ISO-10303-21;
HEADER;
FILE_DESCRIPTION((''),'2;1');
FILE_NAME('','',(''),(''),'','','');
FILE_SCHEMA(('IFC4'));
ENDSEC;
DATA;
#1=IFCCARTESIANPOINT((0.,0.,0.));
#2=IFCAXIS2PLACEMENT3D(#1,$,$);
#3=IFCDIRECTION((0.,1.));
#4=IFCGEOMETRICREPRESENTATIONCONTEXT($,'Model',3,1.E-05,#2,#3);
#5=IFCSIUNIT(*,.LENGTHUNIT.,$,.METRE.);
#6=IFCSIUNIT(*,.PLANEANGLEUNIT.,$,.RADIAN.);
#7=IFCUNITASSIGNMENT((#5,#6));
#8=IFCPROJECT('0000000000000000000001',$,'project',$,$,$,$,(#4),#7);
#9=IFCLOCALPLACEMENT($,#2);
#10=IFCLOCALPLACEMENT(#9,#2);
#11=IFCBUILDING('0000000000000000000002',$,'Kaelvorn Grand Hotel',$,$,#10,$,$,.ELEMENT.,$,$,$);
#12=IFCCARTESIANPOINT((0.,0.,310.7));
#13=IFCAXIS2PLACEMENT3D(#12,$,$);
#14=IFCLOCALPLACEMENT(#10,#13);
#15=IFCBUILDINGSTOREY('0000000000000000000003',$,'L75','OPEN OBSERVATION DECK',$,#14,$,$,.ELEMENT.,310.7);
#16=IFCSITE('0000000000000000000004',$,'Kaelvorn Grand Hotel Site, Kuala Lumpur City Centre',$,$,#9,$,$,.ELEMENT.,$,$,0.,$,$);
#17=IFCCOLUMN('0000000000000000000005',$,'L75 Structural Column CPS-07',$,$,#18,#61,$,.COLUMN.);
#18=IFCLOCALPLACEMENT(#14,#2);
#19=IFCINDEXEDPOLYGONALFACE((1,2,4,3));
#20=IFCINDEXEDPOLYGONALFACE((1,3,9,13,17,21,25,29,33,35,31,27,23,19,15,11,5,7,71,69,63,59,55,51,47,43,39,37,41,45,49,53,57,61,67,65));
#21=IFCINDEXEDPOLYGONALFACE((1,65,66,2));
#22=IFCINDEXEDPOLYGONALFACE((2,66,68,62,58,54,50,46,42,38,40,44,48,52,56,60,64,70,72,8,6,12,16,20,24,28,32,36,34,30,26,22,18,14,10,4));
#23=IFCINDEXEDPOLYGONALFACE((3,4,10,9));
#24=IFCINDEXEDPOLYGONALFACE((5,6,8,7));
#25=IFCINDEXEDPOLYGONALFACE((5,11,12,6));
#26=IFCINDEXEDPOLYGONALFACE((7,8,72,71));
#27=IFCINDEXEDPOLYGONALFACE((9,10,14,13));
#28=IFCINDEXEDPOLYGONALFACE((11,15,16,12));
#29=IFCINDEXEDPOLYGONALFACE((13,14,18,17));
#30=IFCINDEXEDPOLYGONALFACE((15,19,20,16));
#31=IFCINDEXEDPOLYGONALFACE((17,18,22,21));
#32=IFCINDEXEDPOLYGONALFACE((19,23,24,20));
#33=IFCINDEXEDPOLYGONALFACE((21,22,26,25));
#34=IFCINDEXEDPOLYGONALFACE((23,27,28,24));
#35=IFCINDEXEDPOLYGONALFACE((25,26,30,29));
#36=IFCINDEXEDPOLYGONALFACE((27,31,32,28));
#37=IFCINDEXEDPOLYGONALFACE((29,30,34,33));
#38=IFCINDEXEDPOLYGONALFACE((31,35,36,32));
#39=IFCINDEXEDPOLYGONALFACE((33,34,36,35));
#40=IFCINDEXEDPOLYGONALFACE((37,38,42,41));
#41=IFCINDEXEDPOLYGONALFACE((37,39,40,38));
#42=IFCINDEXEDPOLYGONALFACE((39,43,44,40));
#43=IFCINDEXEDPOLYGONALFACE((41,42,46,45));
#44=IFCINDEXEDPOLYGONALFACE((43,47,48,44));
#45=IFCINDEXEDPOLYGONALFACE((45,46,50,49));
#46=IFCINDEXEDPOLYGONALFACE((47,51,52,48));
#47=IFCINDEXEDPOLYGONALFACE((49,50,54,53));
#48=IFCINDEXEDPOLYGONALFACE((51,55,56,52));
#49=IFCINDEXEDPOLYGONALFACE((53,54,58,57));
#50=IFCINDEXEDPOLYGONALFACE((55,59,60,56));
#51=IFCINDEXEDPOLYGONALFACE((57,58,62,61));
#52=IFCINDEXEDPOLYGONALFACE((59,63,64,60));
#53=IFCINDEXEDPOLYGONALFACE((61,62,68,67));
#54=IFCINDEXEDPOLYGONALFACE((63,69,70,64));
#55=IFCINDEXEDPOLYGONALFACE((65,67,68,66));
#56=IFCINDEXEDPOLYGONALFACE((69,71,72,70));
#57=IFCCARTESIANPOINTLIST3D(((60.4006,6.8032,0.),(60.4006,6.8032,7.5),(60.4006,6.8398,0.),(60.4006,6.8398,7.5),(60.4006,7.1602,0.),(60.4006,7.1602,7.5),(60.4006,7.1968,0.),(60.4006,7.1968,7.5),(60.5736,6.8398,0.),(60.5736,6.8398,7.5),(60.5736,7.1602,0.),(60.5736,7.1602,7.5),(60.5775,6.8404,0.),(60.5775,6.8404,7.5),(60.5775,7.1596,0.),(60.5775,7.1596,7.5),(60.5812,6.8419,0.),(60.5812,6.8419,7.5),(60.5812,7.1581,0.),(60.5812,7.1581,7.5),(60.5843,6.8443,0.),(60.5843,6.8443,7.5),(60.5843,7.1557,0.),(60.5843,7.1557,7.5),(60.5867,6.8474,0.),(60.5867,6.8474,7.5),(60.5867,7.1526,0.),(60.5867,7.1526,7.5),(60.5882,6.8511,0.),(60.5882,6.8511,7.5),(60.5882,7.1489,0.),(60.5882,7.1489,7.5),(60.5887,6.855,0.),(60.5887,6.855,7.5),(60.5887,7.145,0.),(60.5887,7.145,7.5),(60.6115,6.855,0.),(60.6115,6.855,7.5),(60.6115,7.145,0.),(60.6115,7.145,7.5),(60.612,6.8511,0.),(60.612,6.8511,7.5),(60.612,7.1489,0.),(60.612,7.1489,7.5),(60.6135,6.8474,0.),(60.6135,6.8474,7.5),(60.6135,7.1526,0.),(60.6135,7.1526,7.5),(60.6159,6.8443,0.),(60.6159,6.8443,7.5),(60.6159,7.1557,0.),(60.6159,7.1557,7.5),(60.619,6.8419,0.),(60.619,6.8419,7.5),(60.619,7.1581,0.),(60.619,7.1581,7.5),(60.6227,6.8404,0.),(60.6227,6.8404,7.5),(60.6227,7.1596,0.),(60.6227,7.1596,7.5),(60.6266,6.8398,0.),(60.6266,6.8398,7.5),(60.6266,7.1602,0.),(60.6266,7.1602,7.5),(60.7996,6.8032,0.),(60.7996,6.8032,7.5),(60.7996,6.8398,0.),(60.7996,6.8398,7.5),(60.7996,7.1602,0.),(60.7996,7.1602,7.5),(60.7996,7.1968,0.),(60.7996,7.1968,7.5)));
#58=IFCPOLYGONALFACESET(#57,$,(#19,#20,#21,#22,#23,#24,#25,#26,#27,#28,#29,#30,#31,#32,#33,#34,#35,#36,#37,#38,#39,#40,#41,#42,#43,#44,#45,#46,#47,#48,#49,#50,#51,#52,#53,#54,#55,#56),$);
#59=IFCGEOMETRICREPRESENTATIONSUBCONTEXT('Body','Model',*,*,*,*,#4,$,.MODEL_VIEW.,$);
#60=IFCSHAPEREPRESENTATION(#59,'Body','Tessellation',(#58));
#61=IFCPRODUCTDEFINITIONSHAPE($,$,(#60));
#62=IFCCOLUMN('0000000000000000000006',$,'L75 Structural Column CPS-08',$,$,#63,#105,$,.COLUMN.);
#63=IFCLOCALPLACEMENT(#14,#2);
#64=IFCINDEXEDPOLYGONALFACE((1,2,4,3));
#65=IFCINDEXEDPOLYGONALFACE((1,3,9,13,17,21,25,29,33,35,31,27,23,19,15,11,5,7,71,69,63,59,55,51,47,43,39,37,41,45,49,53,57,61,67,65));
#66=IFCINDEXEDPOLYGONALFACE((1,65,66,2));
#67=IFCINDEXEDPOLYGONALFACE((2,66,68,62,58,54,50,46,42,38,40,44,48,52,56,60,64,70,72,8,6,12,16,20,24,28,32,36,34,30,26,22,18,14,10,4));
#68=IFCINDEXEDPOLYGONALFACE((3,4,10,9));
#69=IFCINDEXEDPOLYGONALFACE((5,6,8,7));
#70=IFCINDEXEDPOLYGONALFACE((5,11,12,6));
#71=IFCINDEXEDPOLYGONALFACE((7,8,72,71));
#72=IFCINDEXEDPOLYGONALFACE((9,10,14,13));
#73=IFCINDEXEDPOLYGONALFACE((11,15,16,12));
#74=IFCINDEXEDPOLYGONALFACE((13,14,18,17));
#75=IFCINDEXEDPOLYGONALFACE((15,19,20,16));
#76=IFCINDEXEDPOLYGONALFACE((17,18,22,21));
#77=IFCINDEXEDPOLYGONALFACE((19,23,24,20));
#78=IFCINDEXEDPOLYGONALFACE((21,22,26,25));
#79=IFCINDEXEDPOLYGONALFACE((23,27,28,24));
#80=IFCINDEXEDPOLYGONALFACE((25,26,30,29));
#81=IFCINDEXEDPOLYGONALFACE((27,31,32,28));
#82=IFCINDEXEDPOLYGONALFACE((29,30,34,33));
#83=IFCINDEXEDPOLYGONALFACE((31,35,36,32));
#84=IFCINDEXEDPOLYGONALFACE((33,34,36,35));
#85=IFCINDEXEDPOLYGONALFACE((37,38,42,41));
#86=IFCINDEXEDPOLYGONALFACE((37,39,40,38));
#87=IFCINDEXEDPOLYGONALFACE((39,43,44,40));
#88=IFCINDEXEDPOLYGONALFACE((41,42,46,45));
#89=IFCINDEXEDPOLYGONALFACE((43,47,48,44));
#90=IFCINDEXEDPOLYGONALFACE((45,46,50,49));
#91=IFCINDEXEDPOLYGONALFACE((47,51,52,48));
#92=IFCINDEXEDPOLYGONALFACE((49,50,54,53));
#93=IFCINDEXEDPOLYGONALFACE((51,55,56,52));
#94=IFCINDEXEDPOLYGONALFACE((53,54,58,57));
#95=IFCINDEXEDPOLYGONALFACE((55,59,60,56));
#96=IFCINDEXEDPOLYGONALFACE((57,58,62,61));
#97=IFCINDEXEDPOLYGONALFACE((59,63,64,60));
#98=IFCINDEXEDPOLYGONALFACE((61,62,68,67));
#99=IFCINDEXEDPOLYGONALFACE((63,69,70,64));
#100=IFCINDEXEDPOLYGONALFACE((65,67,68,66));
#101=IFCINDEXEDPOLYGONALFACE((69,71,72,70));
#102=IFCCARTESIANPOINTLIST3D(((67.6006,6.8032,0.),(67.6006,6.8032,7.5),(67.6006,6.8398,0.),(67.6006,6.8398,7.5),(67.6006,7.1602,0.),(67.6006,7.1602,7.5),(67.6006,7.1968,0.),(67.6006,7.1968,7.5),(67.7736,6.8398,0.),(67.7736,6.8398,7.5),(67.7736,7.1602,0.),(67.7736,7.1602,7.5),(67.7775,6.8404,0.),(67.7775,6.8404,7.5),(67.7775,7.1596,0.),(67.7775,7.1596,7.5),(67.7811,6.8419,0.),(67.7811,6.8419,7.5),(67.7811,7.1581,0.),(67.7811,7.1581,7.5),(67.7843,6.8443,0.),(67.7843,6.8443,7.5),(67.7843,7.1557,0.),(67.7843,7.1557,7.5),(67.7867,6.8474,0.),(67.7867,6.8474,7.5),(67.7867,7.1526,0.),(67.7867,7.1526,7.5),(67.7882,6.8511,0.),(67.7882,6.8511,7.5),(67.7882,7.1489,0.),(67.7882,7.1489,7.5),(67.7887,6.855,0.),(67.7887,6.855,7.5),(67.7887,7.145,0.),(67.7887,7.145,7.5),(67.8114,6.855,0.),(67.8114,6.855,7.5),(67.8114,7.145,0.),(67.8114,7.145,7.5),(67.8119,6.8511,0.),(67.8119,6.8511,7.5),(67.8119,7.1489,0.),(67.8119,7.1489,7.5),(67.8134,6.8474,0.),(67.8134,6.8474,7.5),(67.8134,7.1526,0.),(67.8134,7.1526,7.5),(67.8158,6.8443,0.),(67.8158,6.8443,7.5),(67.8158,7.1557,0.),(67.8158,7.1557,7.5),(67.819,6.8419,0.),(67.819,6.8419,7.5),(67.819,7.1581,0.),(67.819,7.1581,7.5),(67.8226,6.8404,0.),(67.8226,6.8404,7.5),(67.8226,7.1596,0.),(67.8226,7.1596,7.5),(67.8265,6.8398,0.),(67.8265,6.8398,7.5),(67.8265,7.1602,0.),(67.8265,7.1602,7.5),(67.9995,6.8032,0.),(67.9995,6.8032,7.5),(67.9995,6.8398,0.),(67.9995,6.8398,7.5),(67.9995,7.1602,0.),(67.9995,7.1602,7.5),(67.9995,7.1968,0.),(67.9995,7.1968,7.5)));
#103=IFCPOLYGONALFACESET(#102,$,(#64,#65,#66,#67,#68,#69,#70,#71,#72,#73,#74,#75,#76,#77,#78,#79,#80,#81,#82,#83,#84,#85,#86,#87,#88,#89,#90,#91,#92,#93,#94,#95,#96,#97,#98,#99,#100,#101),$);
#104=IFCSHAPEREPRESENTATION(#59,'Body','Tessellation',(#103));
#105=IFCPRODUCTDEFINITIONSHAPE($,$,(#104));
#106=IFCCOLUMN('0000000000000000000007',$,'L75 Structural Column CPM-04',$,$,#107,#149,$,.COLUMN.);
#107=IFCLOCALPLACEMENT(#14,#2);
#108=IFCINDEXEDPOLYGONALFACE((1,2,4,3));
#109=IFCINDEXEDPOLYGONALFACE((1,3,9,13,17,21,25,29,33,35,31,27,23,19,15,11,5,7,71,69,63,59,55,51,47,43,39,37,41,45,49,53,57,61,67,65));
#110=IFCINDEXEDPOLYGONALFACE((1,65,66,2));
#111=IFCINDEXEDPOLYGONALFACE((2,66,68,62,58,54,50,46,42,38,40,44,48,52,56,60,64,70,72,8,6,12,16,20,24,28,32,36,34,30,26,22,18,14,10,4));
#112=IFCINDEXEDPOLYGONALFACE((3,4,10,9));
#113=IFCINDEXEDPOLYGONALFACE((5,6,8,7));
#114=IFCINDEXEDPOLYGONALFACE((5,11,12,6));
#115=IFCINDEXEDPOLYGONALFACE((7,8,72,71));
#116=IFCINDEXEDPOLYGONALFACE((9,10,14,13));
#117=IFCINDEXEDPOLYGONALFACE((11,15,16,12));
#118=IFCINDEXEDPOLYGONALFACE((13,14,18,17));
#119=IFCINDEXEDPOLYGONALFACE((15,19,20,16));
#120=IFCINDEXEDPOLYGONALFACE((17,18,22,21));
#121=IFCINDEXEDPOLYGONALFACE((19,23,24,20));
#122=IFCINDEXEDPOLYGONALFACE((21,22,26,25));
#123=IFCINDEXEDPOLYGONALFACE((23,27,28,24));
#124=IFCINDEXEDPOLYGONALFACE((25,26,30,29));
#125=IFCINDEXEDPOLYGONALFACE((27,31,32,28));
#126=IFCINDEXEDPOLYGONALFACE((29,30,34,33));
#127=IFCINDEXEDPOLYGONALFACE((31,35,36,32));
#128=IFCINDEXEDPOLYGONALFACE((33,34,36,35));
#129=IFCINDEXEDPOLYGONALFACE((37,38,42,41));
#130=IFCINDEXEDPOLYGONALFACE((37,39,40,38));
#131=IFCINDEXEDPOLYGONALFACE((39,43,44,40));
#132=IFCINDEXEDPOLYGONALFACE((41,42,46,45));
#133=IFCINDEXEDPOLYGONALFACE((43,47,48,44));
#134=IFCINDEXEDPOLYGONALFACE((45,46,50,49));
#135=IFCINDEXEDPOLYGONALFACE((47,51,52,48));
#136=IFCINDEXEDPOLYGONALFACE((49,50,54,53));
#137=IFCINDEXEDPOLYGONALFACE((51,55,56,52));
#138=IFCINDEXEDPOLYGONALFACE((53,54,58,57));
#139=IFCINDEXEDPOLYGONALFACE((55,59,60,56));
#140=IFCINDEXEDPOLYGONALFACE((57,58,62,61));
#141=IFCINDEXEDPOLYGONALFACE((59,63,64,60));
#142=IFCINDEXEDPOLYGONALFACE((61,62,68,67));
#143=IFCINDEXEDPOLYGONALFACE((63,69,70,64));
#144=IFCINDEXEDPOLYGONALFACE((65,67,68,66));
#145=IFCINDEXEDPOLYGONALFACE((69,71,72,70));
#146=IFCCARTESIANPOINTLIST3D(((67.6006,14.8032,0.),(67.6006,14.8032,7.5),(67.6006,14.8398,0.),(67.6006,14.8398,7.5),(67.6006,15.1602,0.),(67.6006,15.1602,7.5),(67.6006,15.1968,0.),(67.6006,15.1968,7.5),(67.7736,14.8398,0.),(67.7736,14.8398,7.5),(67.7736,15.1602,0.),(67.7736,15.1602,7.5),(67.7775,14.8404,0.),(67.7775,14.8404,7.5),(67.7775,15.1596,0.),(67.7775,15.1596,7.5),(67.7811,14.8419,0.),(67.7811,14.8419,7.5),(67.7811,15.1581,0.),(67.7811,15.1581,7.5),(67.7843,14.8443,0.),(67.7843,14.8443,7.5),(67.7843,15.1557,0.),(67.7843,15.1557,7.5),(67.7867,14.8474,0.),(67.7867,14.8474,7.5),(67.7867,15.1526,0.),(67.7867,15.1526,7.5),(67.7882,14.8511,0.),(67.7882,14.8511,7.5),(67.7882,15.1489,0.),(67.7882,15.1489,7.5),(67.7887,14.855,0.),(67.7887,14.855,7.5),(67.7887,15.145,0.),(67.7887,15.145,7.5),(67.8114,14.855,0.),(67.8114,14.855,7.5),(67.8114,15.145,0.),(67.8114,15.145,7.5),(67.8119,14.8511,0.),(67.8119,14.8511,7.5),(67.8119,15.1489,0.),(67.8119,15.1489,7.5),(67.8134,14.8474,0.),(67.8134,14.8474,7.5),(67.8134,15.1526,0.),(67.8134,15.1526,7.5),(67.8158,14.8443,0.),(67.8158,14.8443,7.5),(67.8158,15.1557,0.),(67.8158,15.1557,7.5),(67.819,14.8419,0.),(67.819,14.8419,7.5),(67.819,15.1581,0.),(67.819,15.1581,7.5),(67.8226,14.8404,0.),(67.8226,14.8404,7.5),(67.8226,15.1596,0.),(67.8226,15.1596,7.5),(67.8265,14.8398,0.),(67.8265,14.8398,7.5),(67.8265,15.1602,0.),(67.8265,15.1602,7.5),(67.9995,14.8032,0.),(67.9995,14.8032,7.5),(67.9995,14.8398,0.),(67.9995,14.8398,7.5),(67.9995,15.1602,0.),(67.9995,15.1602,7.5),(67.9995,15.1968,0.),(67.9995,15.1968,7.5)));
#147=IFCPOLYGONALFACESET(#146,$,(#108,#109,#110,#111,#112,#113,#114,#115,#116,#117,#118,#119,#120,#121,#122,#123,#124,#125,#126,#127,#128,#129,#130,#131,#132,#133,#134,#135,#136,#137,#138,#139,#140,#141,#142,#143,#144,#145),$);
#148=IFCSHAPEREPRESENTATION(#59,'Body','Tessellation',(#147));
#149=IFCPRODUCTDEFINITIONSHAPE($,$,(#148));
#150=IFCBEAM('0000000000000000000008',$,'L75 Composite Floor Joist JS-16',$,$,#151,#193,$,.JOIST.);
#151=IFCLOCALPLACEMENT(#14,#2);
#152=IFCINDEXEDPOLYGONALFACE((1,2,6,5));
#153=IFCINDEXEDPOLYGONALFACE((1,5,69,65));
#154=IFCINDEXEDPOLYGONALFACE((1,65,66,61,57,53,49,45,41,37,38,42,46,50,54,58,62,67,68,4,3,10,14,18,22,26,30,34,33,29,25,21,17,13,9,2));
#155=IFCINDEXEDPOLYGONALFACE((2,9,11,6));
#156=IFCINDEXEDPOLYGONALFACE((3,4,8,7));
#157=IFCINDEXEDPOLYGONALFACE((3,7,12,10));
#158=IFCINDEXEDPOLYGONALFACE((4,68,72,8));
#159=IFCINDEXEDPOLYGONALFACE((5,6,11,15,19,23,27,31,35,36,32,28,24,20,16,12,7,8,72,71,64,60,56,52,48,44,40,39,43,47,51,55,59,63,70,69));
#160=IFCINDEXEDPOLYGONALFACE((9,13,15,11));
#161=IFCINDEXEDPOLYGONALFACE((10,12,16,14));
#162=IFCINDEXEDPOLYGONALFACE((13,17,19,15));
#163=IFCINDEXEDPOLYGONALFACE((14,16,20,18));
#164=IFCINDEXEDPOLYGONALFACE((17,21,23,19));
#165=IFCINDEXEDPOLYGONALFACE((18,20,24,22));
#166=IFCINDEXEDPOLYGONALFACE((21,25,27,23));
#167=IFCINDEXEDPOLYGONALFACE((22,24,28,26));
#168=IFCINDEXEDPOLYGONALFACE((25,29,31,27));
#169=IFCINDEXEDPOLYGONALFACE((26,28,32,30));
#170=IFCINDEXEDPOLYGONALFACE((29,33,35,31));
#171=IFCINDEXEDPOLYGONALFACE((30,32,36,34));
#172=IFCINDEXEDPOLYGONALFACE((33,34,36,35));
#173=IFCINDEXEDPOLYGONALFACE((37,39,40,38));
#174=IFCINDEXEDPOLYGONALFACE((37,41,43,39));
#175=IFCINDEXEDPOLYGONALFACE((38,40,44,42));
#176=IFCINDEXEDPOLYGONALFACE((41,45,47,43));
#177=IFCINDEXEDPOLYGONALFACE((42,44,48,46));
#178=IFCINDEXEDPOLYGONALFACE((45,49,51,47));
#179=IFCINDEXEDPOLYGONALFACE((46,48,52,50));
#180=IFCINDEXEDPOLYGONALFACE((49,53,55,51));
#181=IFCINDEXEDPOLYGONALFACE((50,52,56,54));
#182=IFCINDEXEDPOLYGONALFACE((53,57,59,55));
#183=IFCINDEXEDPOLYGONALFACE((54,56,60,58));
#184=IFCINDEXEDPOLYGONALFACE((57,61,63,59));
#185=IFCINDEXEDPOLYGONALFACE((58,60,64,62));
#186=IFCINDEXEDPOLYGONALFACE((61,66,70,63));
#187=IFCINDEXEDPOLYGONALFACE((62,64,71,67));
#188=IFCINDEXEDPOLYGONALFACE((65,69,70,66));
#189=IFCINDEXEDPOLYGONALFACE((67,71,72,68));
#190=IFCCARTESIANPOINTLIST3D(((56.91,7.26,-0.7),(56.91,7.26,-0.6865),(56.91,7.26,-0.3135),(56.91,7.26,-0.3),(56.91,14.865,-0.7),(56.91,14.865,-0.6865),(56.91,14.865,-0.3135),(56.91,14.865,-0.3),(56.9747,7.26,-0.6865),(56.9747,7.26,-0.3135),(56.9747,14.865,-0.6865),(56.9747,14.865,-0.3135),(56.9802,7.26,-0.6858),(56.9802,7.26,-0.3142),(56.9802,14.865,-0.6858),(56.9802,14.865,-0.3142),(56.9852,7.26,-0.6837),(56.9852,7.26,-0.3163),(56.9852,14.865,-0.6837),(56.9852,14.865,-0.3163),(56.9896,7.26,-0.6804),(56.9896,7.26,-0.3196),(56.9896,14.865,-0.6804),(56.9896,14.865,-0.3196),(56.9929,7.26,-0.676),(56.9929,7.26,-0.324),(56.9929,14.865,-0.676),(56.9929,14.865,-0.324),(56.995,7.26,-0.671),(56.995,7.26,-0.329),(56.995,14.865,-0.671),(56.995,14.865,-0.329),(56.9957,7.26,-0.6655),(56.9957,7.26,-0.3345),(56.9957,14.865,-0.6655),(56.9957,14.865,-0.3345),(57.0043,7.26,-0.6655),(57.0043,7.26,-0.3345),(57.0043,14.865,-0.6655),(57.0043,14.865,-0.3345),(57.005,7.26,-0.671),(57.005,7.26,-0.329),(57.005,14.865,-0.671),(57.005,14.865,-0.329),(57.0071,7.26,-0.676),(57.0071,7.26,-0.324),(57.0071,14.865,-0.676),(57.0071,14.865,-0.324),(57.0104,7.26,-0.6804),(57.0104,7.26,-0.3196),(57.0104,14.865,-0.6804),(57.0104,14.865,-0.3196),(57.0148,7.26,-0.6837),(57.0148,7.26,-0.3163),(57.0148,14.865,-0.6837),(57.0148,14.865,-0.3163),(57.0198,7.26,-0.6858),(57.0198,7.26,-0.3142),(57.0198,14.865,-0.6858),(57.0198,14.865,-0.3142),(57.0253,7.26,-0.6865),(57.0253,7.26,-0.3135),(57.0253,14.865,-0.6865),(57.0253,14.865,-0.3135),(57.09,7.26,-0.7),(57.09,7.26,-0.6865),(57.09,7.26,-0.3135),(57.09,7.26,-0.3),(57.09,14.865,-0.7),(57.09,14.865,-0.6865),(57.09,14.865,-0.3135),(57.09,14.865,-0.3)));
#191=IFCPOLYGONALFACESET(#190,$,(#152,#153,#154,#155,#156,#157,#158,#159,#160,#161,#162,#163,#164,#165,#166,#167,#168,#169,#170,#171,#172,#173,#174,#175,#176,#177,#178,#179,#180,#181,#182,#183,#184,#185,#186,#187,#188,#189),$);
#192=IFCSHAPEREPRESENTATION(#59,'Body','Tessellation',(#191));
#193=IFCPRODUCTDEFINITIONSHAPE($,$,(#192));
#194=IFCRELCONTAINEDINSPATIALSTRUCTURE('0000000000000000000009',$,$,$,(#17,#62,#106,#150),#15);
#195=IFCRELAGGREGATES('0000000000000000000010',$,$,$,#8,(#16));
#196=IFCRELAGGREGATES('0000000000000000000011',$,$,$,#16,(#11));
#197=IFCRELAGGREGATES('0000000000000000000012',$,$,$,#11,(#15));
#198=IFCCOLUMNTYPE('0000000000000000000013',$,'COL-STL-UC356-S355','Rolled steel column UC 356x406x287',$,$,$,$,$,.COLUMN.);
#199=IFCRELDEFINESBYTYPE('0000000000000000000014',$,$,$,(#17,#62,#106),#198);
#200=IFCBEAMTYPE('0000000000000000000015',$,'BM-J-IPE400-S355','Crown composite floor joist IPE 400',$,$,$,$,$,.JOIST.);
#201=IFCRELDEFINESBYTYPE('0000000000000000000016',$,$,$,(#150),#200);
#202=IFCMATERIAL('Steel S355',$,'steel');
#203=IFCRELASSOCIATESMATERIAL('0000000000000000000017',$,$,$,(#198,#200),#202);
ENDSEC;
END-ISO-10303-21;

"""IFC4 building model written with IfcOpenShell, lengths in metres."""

from ifc_helpers import new_model, si_unit, direction, frame, origin, origin_2d, place, context, subcontext, project, spatial, i_section, extrude, material, material_profile, profile_set, type_object, element, save


model = new_model("IFC4")

# Units and contexts
model_context = context("Model", 3, precision=1e-05, world=origin(), true_north=direction((0.0, 1.0)))
body_context = subcontext(model_context, "Body", "Model", "MODEL_VIEW")
ifc_project = project(units=[si_unit("LENGTHUNIT", "METRE"), si_unit("PLANEANGLEUNIT", "RADIAN")], contexts=[model_context])

# Site, building, storey
site_placement = place(None, origin())
site = spatial("IfcSite", under=ifc_project, at=site_placement, Name="Kaelvorn Grand Hotel Site, Kuala Lumpur City Centre", CompositionType="ELEMENT", RefElevation=0.0)
building_placement = place(site_placement, origin())
building = spatial("IfcBuilding", under=site, at=building_placement, Name="Kaelvorn Grand Hotel", CompositionType="ELEMENT")
storey_placement = place(building_placement, frame((0.0, 0.0, 310.7)))
storey = spatial("IfcBuildingStorey", under=building, at=storey_placement, Name="L75", Description="OPEN OBSERVATION DECK", CompositionType="ELEMENT", Elevation=310.7)

# Columns
ifc_material_1 = material(Name="Steel S355", Category="steel")
ifc_material_profile_1 = material_profile(ifc_material_1, i_section(OverallWidth=0.3989, OverallDepth=0.3936, WebThickness=0.0227, FlangeThickness=0.0366, FilletRadius=0.0151, at=origin_2d()), Name="UC 356x406x287")
ifc_profile_set_1 = profile_set([ifc_material_profile_1], Name="Steel S355")
column_type = type_object("IfcColumnType", Name="COL-STL-UC356-S355", Description="Rolled steel column UC 356x406x287", PredefinedType="COLUMN", material=ifc_profile_set_1)
for number, where, z_axis, x_axis, name in (
    (1, (60.6001, 7.0, 0.0), (0.0, 0.0, 1.0), (1.0, 0.0, 0.0), "L75 Structural Column CPS-07"),
    (2, (67.8, 7.0, 0.0), (0.0, 0.0, 1.0), (1.0, 0.0, 0.0), "L75 Structural Column CPS-08"),
    (3, (67.8, 15.0, 0.0), (0.0, 0.0, 1.0), (1.0, 0.0, 0.0), "L75 Structural Column CPM-04"),
):
    element("IfcColumn", number, at=place(storey_placement, frame(where, z_axis=z_axis, x_axis=x_axis)), inside=storey, type_object=column_type, Name=name, PredefinedType="COLUMN", context=body_context, shape_type="SweptSolid", body=[
        extrude(i_section(OverallWidth=0.3989, OverallDepth=0.3936, WebThickness=0.0227, FlangeThickness=0.0366, FilletRadius=0.0151, at=origin_2d()), origin(), (0.0, 0.0, 1.0), 7.5),
    ])

# Beam
ifc_material_profile_2 = material_profile(ifc_material_1, i_section(OverallWidth=0.1799, OverallDepth=0.3999, WebThickness=0.0085, FlangeThickness=0.0134, FilletRadius=0.021, at=origin_2d()), Name="IPE 400")
ifc_profile_set_2 = profile_set([ifc_material_profile_2], Name="Steel S355")
beam_type_1 = type_object("IfcBeamType", Name="BM-J-IPE400-S355", Description="Crown composite floor joist IPE 400", PredefinedType="JOIST", material=ifc_profile_set_2)
beam_1_placement = place(storey_placement, frame((57.0, 7.26, -0.5), z_axis=(0.0, 1.0, 0.0), x_axis=(-1.0, 0.0, 0.0)))
element("IfcBeam", 4, at=beam_1_placement, inside=storey, type_object=beam_type_1, Name="L75 Composite Floor Joist JS-16", PredefinedType="JOIST", context=body_context, shape_type="SweptSolid", body=[
    extrude(i_section(OverallWidth=0.1799, OverallDepth=0.3999, WebThickness=0.0085, FlangeThickness=0.0134, FilletRadius=0.021, at=origin_2d()), origin(), (0.0, 0.0, 1.0), 7.605),
])

save(model, "model.ifc")
